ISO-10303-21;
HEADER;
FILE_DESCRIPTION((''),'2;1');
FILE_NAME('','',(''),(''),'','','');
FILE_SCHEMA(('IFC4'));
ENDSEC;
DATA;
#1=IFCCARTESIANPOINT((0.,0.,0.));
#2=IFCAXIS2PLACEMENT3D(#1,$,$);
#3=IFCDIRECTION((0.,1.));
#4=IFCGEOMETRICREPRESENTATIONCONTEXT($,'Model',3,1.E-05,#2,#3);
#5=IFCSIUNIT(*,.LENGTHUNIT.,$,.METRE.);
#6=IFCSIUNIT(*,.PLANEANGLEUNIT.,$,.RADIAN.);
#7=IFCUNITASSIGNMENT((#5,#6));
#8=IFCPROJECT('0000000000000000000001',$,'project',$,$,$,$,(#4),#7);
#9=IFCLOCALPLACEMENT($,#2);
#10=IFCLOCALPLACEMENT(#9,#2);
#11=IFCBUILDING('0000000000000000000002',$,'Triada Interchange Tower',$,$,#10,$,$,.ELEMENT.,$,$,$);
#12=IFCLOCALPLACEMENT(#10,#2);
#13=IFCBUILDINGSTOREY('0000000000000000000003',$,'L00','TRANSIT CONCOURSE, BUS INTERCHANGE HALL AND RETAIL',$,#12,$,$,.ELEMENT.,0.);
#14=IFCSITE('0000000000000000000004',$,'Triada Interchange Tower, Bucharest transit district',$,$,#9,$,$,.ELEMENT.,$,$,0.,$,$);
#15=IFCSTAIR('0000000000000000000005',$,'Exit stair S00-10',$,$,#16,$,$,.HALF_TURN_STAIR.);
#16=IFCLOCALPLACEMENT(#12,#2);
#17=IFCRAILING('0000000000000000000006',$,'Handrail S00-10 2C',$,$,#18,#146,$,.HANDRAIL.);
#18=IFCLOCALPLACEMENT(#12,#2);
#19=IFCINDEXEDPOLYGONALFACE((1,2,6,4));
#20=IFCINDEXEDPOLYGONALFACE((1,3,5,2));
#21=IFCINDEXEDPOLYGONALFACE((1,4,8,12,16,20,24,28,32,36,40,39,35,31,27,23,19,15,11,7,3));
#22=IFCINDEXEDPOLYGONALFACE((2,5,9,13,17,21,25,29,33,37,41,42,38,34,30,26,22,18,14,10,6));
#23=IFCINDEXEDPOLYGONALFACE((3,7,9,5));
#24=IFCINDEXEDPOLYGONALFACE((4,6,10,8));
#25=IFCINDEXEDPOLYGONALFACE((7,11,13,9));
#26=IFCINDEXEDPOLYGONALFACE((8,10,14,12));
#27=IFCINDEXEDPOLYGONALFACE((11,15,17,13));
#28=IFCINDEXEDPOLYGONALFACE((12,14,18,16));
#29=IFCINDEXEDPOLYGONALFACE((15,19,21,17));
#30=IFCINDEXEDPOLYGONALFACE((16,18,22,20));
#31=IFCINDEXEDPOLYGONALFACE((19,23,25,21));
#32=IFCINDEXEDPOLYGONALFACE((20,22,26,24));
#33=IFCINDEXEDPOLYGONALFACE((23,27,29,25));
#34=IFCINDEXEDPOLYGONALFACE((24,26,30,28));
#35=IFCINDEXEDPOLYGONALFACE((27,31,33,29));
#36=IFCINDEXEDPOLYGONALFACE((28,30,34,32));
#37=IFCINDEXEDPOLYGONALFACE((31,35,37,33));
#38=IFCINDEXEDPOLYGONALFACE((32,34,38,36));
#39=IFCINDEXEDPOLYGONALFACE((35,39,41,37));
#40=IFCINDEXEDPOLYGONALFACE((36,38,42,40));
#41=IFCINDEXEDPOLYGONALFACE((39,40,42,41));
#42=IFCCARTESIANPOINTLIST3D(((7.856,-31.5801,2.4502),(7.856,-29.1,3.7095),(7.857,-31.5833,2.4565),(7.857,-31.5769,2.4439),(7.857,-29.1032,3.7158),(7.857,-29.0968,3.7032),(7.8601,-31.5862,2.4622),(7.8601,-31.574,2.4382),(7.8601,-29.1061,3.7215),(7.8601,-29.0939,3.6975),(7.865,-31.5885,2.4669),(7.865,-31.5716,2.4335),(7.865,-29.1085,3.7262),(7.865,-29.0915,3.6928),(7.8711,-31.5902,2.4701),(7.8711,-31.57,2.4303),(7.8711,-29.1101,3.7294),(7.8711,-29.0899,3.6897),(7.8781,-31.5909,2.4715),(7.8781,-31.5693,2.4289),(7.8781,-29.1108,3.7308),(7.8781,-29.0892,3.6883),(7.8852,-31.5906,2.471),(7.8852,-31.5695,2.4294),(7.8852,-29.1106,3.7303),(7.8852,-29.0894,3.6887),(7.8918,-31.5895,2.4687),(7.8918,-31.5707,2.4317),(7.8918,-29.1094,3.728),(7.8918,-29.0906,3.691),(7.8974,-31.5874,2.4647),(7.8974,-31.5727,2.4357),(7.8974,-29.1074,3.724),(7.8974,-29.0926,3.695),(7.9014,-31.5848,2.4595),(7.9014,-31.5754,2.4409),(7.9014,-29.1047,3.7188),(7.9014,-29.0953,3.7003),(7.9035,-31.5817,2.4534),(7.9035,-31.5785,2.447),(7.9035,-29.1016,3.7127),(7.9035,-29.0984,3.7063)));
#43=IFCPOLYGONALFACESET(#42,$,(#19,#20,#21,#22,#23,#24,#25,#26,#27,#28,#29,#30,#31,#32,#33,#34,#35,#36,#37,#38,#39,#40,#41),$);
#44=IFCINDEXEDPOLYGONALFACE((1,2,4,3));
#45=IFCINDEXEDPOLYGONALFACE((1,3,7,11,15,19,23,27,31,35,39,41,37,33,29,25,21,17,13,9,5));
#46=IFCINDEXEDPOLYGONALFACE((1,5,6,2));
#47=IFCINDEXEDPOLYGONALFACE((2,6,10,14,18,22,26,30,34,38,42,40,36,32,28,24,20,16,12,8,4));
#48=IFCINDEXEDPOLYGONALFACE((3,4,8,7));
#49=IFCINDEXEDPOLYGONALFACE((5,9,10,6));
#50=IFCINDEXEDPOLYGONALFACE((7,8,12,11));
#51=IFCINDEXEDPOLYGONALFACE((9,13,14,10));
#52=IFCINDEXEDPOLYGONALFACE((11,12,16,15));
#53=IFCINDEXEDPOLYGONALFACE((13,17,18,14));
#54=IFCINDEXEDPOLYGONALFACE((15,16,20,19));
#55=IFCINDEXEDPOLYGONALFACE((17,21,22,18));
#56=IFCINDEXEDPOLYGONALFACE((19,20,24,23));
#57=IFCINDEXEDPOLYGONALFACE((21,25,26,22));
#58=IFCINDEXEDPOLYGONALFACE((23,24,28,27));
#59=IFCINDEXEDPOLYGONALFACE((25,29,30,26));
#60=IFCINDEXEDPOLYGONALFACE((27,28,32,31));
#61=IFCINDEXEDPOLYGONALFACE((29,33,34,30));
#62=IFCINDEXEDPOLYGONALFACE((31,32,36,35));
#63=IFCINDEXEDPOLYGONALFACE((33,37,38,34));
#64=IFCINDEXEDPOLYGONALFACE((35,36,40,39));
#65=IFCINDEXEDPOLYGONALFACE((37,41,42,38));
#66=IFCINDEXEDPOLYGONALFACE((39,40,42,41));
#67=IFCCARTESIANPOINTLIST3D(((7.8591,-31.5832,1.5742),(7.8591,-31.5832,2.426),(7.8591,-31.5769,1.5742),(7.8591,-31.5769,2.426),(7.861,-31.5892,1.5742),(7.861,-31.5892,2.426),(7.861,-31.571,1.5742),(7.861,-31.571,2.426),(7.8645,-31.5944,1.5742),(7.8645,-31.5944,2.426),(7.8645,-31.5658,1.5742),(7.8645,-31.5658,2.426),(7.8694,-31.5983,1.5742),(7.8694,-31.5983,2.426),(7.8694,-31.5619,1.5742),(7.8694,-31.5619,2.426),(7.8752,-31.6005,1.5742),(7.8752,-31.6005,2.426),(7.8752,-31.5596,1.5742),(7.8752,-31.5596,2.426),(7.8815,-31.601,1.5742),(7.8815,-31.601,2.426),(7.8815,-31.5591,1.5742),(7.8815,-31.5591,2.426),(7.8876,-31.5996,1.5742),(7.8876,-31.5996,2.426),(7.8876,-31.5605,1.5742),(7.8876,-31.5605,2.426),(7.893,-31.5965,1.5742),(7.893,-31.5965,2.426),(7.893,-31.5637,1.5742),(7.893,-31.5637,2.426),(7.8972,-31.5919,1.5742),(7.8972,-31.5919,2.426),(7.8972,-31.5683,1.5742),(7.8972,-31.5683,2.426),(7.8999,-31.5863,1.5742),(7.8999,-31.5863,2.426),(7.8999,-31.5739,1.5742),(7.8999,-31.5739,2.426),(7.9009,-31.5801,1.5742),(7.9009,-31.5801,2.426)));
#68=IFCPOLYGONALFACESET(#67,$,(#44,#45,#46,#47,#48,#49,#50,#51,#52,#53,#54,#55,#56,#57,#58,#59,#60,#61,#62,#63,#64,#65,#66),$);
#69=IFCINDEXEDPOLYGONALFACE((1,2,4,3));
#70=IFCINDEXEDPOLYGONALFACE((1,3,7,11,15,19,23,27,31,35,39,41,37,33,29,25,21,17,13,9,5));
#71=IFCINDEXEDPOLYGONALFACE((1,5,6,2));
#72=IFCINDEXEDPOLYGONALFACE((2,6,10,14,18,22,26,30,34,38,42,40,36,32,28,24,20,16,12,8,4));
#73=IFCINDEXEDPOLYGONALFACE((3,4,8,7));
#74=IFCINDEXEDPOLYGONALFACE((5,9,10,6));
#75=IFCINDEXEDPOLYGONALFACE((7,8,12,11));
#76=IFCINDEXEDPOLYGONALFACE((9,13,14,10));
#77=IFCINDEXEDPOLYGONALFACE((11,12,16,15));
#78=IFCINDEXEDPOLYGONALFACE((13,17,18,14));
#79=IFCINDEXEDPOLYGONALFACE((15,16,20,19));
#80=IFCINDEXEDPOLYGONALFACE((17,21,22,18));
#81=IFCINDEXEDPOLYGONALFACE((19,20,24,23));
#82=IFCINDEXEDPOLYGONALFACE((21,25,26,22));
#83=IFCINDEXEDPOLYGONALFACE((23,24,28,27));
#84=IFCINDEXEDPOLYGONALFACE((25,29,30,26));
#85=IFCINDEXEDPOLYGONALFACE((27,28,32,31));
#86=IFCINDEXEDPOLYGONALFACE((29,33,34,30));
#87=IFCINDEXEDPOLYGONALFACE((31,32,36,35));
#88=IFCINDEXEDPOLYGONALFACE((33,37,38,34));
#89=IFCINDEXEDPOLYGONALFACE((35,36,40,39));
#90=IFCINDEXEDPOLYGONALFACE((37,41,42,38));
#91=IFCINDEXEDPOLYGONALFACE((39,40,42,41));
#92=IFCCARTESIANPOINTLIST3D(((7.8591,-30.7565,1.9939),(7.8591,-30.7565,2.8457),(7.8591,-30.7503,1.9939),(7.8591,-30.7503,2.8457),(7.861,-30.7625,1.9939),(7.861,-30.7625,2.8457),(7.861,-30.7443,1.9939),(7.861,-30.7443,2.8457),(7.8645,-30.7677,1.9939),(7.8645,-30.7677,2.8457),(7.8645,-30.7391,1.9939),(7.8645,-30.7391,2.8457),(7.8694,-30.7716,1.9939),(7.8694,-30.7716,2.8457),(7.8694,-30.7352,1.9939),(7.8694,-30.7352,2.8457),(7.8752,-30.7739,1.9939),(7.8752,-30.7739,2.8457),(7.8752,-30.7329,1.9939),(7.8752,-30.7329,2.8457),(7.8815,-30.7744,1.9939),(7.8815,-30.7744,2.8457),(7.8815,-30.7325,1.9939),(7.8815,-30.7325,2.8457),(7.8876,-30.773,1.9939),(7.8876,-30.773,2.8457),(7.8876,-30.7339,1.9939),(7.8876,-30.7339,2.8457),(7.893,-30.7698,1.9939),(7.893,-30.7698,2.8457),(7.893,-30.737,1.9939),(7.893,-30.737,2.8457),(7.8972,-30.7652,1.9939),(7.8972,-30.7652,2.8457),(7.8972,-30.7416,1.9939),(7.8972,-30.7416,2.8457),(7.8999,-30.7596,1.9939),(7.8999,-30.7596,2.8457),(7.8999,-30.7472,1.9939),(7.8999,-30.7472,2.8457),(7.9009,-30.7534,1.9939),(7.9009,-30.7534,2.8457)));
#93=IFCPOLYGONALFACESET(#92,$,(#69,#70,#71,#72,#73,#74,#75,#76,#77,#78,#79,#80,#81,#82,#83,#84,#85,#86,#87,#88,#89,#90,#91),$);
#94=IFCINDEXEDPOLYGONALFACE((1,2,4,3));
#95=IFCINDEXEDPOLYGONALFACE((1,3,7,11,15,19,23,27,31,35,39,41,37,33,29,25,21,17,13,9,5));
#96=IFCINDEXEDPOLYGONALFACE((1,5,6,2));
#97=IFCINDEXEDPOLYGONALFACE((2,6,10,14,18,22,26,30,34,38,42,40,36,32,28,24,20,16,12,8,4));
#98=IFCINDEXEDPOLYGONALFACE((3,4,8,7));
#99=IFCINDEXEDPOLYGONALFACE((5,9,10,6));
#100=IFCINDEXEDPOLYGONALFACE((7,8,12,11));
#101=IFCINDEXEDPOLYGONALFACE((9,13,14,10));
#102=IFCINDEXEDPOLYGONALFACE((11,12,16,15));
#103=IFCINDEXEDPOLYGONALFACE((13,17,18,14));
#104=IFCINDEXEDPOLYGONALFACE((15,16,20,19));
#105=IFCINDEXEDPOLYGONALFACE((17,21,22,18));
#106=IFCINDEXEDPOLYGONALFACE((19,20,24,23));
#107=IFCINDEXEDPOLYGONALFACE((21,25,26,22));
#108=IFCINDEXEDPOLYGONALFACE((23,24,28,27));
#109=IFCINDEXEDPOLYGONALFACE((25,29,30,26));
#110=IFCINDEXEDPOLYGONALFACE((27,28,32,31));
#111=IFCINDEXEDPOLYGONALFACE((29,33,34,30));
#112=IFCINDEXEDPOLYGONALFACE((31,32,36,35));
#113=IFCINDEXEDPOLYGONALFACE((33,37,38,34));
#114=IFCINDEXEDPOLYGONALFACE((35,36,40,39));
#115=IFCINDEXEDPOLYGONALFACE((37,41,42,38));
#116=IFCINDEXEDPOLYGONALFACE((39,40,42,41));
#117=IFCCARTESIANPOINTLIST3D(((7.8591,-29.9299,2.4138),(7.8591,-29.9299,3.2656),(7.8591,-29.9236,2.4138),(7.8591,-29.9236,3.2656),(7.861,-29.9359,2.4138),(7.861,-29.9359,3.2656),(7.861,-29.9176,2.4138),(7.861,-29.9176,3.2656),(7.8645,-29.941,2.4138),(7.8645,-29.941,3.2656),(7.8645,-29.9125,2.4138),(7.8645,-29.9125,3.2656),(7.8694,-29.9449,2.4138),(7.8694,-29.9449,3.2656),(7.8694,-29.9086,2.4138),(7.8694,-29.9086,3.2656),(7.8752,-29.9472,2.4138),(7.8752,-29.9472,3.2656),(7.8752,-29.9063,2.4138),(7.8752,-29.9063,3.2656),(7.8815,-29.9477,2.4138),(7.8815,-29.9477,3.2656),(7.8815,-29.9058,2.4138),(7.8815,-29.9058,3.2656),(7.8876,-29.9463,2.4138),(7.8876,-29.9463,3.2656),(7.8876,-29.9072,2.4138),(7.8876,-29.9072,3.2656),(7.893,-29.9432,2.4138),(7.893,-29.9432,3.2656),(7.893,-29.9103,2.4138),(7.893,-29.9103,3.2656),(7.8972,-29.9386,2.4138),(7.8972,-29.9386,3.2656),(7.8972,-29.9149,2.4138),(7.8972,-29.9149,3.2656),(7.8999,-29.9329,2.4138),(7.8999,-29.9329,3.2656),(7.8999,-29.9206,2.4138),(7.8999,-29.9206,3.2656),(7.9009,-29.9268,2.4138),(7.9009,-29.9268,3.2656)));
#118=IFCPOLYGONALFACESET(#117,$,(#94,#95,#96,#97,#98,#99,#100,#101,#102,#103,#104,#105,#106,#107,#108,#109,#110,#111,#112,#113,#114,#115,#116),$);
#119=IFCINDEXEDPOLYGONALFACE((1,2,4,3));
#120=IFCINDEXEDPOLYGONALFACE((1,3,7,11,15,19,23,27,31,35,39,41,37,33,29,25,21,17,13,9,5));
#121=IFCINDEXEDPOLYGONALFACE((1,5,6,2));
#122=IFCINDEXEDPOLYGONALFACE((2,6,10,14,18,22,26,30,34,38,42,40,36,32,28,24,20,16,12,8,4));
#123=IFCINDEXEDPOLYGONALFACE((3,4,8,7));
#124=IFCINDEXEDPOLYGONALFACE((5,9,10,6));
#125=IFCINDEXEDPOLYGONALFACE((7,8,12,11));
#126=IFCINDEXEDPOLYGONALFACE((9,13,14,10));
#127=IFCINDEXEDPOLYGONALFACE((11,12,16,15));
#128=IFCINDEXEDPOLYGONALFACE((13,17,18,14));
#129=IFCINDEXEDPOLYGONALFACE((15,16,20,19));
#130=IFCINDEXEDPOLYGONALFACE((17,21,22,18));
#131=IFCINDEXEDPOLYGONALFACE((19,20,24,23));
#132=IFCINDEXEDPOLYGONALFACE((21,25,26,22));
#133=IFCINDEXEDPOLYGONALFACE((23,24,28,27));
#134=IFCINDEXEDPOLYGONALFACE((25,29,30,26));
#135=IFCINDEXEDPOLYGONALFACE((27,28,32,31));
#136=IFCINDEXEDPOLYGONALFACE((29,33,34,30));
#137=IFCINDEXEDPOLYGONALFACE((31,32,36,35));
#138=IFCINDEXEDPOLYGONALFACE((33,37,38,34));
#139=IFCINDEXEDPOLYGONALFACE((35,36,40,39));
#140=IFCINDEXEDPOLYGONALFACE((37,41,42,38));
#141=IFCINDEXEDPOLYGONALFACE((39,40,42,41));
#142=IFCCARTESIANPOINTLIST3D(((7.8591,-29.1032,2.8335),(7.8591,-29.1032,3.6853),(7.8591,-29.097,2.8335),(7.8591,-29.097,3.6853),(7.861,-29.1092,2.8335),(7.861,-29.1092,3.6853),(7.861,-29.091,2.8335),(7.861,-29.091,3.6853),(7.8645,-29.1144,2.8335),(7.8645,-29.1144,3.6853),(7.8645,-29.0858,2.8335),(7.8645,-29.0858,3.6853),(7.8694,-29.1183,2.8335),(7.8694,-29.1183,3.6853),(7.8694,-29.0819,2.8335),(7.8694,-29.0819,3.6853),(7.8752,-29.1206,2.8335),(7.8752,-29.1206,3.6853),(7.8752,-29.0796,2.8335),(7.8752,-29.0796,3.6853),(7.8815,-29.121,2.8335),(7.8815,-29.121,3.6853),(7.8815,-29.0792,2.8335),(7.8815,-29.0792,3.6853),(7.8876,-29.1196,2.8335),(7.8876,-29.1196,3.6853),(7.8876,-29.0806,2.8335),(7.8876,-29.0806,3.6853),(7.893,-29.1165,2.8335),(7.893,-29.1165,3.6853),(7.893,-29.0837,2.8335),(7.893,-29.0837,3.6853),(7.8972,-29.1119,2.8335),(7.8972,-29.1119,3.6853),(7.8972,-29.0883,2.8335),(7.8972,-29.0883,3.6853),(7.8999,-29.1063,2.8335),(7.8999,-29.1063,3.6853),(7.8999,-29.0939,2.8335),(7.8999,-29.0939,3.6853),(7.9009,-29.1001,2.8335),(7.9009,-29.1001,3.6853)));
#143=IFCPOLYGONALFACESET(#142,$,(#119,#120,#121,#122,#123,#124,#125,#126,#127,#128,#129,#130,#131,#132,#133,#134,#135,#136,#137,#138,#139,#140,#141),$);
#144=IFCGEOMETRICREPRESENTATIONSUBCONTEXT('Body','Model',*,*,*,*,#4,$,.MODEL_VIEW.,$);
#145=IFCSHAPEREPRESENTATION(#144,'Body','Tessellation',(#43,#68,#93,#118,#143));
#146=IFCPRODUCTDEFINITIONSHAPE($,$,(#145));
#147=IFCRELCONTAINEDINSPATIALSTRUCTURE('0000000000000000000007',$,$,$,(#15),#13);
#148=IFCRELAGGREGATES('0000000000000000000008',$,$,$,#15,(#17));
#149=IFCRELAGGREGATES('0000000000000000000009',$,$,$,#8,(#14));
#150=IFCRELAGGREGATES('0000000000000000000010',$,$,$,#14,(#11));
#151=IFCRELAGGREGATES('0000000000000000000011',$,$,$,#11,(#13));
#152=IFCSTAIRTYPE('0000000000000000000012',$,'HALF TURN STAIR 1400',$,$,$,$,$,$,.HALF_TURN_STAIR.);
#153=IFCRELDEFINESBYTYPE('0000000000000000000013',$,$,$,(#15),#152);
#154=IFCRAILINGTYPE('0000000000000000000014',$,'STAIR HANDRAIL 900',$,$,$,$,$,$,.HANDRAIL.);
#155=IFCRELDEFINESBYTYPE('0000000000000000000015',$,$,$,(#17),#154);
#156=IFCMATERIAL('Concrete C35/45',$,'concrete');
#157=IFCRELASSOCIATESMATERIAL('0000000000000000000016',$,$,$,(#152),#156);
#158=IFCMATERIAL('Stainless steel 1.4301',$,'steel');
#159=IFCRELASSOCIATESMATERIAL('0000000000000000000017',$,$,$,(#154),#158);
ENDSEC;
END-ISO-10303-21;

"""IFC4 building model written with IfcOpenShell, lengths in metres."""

from ifc_helpers import new_model, si_unit, direction, frame, origin, origin_2d, place, context, subcontext, project, spatial, circle, extrude, material, type_object, element, aggregate, save


model = new_model("IFC4")

# Units and contexts
model_context = context("Model", 3, precision=1e-05, world=origin(), true_north=direction((0.0, 1.0)))
body_context = subcontext(model_context, "Body", "Model", "MODEL_VIEW")
ifc_project = project(units=[si_unit("LENGTHUNIT", "METRE"), si_unit("PLANEANGLEUNIT", "RADIAN")], contexts=[model_context])

# Site, building, storey
site_placement = place(None, origin())
site = spatial("IfcSite", under=ifc_project, at=site_placement, Name="Triada Interchange Tower, Bucharest transit district", CompositionType="ELEMENT", RefElevation=0.0)
building_placement = place(site_placement, origin())
building = spatial("IfcBuilding", under=site, at=building_placement, Name="Triada Interchange Tower", CompositionType="ELEMENT")
storey_placement = place(building_placement, origin())
storey = spatial("IfcBuildingStorey", under=building, at=storey_placement, Name="L00", Description="TRANSIT CONCOURSE, BUS INTERCHANGE HALL AND RETAIL", CompositionType="ELEMENT", Elevation=0.0)

# Stair, railing
ifc_material_1 = material(Name="Concrete C35/45", Category="concrete")
stair_type = type_object("IfcStairType", Name="HALF TURN STAIR 1400", PredefinedType="HALF_TURN_STAIR", material=ifc_material_1)
stair_placement = place(storey_placement, origin())
stair = element("IfcStair", 1, at=stair_placement, inside=storey, type_object=stair_type, Name="Exit stair S00-10", PredefinedType="HALF_TURN_STAIR")
ifc_material_2 = material(Name="Stainless steel 1.4301", Category="steel")
railing_type = type_object("IfcRailingType", Name="STAIR HANDRAIL 900", PredefinedType="HANDRAIL", material=ifc_material_2)
railing_1_placement = place(storey_placement, frame((7.8799, -31.5801, 1.5742)))
railing_1 = element("IfcRailing", 2, at=railing_1_placement, type_object=railing_type, Name="Handrail S00-10 2C", PredefinedType="HANDRAIL", context=body_context, shape_type="SweptSolid", body=[
    extrude(circle(Radius=0.0239, at=origin_2d()), frame((0.0, 0.0, 0.876), z_axis=(0.0, 0.891636, 0.452752), x_axis=(-1.0, 0.0, 0.0)), (0.0, 0.0, 1.0), 2.7815),
    extrude(circle(Radius=0.021, at=origin_2d()), origin(), (0.0, 0.0, 1.0), 0.8518),
    extrude(circle(Radius=0.021, at=origin_2d()), frame((0.0, 0.8267, 0.4197)), (0.0, 0.0, 1.0), 0.8518),
    extrude(circle(Radius=0.021, at=origin_2d()), frame((0.0, 1.6533, 0.8396)), (0.0, 0.0, 1.0), 0.8518),
    extrude(circle(Radius=0.021, at=origin_2d()), frame((0.0, 2.48, 1.2593)), (0.0, 0.0, 1.0), 0.8518),
])
aggregate(stair, [railing_1])

save(model, "model.ifc")
